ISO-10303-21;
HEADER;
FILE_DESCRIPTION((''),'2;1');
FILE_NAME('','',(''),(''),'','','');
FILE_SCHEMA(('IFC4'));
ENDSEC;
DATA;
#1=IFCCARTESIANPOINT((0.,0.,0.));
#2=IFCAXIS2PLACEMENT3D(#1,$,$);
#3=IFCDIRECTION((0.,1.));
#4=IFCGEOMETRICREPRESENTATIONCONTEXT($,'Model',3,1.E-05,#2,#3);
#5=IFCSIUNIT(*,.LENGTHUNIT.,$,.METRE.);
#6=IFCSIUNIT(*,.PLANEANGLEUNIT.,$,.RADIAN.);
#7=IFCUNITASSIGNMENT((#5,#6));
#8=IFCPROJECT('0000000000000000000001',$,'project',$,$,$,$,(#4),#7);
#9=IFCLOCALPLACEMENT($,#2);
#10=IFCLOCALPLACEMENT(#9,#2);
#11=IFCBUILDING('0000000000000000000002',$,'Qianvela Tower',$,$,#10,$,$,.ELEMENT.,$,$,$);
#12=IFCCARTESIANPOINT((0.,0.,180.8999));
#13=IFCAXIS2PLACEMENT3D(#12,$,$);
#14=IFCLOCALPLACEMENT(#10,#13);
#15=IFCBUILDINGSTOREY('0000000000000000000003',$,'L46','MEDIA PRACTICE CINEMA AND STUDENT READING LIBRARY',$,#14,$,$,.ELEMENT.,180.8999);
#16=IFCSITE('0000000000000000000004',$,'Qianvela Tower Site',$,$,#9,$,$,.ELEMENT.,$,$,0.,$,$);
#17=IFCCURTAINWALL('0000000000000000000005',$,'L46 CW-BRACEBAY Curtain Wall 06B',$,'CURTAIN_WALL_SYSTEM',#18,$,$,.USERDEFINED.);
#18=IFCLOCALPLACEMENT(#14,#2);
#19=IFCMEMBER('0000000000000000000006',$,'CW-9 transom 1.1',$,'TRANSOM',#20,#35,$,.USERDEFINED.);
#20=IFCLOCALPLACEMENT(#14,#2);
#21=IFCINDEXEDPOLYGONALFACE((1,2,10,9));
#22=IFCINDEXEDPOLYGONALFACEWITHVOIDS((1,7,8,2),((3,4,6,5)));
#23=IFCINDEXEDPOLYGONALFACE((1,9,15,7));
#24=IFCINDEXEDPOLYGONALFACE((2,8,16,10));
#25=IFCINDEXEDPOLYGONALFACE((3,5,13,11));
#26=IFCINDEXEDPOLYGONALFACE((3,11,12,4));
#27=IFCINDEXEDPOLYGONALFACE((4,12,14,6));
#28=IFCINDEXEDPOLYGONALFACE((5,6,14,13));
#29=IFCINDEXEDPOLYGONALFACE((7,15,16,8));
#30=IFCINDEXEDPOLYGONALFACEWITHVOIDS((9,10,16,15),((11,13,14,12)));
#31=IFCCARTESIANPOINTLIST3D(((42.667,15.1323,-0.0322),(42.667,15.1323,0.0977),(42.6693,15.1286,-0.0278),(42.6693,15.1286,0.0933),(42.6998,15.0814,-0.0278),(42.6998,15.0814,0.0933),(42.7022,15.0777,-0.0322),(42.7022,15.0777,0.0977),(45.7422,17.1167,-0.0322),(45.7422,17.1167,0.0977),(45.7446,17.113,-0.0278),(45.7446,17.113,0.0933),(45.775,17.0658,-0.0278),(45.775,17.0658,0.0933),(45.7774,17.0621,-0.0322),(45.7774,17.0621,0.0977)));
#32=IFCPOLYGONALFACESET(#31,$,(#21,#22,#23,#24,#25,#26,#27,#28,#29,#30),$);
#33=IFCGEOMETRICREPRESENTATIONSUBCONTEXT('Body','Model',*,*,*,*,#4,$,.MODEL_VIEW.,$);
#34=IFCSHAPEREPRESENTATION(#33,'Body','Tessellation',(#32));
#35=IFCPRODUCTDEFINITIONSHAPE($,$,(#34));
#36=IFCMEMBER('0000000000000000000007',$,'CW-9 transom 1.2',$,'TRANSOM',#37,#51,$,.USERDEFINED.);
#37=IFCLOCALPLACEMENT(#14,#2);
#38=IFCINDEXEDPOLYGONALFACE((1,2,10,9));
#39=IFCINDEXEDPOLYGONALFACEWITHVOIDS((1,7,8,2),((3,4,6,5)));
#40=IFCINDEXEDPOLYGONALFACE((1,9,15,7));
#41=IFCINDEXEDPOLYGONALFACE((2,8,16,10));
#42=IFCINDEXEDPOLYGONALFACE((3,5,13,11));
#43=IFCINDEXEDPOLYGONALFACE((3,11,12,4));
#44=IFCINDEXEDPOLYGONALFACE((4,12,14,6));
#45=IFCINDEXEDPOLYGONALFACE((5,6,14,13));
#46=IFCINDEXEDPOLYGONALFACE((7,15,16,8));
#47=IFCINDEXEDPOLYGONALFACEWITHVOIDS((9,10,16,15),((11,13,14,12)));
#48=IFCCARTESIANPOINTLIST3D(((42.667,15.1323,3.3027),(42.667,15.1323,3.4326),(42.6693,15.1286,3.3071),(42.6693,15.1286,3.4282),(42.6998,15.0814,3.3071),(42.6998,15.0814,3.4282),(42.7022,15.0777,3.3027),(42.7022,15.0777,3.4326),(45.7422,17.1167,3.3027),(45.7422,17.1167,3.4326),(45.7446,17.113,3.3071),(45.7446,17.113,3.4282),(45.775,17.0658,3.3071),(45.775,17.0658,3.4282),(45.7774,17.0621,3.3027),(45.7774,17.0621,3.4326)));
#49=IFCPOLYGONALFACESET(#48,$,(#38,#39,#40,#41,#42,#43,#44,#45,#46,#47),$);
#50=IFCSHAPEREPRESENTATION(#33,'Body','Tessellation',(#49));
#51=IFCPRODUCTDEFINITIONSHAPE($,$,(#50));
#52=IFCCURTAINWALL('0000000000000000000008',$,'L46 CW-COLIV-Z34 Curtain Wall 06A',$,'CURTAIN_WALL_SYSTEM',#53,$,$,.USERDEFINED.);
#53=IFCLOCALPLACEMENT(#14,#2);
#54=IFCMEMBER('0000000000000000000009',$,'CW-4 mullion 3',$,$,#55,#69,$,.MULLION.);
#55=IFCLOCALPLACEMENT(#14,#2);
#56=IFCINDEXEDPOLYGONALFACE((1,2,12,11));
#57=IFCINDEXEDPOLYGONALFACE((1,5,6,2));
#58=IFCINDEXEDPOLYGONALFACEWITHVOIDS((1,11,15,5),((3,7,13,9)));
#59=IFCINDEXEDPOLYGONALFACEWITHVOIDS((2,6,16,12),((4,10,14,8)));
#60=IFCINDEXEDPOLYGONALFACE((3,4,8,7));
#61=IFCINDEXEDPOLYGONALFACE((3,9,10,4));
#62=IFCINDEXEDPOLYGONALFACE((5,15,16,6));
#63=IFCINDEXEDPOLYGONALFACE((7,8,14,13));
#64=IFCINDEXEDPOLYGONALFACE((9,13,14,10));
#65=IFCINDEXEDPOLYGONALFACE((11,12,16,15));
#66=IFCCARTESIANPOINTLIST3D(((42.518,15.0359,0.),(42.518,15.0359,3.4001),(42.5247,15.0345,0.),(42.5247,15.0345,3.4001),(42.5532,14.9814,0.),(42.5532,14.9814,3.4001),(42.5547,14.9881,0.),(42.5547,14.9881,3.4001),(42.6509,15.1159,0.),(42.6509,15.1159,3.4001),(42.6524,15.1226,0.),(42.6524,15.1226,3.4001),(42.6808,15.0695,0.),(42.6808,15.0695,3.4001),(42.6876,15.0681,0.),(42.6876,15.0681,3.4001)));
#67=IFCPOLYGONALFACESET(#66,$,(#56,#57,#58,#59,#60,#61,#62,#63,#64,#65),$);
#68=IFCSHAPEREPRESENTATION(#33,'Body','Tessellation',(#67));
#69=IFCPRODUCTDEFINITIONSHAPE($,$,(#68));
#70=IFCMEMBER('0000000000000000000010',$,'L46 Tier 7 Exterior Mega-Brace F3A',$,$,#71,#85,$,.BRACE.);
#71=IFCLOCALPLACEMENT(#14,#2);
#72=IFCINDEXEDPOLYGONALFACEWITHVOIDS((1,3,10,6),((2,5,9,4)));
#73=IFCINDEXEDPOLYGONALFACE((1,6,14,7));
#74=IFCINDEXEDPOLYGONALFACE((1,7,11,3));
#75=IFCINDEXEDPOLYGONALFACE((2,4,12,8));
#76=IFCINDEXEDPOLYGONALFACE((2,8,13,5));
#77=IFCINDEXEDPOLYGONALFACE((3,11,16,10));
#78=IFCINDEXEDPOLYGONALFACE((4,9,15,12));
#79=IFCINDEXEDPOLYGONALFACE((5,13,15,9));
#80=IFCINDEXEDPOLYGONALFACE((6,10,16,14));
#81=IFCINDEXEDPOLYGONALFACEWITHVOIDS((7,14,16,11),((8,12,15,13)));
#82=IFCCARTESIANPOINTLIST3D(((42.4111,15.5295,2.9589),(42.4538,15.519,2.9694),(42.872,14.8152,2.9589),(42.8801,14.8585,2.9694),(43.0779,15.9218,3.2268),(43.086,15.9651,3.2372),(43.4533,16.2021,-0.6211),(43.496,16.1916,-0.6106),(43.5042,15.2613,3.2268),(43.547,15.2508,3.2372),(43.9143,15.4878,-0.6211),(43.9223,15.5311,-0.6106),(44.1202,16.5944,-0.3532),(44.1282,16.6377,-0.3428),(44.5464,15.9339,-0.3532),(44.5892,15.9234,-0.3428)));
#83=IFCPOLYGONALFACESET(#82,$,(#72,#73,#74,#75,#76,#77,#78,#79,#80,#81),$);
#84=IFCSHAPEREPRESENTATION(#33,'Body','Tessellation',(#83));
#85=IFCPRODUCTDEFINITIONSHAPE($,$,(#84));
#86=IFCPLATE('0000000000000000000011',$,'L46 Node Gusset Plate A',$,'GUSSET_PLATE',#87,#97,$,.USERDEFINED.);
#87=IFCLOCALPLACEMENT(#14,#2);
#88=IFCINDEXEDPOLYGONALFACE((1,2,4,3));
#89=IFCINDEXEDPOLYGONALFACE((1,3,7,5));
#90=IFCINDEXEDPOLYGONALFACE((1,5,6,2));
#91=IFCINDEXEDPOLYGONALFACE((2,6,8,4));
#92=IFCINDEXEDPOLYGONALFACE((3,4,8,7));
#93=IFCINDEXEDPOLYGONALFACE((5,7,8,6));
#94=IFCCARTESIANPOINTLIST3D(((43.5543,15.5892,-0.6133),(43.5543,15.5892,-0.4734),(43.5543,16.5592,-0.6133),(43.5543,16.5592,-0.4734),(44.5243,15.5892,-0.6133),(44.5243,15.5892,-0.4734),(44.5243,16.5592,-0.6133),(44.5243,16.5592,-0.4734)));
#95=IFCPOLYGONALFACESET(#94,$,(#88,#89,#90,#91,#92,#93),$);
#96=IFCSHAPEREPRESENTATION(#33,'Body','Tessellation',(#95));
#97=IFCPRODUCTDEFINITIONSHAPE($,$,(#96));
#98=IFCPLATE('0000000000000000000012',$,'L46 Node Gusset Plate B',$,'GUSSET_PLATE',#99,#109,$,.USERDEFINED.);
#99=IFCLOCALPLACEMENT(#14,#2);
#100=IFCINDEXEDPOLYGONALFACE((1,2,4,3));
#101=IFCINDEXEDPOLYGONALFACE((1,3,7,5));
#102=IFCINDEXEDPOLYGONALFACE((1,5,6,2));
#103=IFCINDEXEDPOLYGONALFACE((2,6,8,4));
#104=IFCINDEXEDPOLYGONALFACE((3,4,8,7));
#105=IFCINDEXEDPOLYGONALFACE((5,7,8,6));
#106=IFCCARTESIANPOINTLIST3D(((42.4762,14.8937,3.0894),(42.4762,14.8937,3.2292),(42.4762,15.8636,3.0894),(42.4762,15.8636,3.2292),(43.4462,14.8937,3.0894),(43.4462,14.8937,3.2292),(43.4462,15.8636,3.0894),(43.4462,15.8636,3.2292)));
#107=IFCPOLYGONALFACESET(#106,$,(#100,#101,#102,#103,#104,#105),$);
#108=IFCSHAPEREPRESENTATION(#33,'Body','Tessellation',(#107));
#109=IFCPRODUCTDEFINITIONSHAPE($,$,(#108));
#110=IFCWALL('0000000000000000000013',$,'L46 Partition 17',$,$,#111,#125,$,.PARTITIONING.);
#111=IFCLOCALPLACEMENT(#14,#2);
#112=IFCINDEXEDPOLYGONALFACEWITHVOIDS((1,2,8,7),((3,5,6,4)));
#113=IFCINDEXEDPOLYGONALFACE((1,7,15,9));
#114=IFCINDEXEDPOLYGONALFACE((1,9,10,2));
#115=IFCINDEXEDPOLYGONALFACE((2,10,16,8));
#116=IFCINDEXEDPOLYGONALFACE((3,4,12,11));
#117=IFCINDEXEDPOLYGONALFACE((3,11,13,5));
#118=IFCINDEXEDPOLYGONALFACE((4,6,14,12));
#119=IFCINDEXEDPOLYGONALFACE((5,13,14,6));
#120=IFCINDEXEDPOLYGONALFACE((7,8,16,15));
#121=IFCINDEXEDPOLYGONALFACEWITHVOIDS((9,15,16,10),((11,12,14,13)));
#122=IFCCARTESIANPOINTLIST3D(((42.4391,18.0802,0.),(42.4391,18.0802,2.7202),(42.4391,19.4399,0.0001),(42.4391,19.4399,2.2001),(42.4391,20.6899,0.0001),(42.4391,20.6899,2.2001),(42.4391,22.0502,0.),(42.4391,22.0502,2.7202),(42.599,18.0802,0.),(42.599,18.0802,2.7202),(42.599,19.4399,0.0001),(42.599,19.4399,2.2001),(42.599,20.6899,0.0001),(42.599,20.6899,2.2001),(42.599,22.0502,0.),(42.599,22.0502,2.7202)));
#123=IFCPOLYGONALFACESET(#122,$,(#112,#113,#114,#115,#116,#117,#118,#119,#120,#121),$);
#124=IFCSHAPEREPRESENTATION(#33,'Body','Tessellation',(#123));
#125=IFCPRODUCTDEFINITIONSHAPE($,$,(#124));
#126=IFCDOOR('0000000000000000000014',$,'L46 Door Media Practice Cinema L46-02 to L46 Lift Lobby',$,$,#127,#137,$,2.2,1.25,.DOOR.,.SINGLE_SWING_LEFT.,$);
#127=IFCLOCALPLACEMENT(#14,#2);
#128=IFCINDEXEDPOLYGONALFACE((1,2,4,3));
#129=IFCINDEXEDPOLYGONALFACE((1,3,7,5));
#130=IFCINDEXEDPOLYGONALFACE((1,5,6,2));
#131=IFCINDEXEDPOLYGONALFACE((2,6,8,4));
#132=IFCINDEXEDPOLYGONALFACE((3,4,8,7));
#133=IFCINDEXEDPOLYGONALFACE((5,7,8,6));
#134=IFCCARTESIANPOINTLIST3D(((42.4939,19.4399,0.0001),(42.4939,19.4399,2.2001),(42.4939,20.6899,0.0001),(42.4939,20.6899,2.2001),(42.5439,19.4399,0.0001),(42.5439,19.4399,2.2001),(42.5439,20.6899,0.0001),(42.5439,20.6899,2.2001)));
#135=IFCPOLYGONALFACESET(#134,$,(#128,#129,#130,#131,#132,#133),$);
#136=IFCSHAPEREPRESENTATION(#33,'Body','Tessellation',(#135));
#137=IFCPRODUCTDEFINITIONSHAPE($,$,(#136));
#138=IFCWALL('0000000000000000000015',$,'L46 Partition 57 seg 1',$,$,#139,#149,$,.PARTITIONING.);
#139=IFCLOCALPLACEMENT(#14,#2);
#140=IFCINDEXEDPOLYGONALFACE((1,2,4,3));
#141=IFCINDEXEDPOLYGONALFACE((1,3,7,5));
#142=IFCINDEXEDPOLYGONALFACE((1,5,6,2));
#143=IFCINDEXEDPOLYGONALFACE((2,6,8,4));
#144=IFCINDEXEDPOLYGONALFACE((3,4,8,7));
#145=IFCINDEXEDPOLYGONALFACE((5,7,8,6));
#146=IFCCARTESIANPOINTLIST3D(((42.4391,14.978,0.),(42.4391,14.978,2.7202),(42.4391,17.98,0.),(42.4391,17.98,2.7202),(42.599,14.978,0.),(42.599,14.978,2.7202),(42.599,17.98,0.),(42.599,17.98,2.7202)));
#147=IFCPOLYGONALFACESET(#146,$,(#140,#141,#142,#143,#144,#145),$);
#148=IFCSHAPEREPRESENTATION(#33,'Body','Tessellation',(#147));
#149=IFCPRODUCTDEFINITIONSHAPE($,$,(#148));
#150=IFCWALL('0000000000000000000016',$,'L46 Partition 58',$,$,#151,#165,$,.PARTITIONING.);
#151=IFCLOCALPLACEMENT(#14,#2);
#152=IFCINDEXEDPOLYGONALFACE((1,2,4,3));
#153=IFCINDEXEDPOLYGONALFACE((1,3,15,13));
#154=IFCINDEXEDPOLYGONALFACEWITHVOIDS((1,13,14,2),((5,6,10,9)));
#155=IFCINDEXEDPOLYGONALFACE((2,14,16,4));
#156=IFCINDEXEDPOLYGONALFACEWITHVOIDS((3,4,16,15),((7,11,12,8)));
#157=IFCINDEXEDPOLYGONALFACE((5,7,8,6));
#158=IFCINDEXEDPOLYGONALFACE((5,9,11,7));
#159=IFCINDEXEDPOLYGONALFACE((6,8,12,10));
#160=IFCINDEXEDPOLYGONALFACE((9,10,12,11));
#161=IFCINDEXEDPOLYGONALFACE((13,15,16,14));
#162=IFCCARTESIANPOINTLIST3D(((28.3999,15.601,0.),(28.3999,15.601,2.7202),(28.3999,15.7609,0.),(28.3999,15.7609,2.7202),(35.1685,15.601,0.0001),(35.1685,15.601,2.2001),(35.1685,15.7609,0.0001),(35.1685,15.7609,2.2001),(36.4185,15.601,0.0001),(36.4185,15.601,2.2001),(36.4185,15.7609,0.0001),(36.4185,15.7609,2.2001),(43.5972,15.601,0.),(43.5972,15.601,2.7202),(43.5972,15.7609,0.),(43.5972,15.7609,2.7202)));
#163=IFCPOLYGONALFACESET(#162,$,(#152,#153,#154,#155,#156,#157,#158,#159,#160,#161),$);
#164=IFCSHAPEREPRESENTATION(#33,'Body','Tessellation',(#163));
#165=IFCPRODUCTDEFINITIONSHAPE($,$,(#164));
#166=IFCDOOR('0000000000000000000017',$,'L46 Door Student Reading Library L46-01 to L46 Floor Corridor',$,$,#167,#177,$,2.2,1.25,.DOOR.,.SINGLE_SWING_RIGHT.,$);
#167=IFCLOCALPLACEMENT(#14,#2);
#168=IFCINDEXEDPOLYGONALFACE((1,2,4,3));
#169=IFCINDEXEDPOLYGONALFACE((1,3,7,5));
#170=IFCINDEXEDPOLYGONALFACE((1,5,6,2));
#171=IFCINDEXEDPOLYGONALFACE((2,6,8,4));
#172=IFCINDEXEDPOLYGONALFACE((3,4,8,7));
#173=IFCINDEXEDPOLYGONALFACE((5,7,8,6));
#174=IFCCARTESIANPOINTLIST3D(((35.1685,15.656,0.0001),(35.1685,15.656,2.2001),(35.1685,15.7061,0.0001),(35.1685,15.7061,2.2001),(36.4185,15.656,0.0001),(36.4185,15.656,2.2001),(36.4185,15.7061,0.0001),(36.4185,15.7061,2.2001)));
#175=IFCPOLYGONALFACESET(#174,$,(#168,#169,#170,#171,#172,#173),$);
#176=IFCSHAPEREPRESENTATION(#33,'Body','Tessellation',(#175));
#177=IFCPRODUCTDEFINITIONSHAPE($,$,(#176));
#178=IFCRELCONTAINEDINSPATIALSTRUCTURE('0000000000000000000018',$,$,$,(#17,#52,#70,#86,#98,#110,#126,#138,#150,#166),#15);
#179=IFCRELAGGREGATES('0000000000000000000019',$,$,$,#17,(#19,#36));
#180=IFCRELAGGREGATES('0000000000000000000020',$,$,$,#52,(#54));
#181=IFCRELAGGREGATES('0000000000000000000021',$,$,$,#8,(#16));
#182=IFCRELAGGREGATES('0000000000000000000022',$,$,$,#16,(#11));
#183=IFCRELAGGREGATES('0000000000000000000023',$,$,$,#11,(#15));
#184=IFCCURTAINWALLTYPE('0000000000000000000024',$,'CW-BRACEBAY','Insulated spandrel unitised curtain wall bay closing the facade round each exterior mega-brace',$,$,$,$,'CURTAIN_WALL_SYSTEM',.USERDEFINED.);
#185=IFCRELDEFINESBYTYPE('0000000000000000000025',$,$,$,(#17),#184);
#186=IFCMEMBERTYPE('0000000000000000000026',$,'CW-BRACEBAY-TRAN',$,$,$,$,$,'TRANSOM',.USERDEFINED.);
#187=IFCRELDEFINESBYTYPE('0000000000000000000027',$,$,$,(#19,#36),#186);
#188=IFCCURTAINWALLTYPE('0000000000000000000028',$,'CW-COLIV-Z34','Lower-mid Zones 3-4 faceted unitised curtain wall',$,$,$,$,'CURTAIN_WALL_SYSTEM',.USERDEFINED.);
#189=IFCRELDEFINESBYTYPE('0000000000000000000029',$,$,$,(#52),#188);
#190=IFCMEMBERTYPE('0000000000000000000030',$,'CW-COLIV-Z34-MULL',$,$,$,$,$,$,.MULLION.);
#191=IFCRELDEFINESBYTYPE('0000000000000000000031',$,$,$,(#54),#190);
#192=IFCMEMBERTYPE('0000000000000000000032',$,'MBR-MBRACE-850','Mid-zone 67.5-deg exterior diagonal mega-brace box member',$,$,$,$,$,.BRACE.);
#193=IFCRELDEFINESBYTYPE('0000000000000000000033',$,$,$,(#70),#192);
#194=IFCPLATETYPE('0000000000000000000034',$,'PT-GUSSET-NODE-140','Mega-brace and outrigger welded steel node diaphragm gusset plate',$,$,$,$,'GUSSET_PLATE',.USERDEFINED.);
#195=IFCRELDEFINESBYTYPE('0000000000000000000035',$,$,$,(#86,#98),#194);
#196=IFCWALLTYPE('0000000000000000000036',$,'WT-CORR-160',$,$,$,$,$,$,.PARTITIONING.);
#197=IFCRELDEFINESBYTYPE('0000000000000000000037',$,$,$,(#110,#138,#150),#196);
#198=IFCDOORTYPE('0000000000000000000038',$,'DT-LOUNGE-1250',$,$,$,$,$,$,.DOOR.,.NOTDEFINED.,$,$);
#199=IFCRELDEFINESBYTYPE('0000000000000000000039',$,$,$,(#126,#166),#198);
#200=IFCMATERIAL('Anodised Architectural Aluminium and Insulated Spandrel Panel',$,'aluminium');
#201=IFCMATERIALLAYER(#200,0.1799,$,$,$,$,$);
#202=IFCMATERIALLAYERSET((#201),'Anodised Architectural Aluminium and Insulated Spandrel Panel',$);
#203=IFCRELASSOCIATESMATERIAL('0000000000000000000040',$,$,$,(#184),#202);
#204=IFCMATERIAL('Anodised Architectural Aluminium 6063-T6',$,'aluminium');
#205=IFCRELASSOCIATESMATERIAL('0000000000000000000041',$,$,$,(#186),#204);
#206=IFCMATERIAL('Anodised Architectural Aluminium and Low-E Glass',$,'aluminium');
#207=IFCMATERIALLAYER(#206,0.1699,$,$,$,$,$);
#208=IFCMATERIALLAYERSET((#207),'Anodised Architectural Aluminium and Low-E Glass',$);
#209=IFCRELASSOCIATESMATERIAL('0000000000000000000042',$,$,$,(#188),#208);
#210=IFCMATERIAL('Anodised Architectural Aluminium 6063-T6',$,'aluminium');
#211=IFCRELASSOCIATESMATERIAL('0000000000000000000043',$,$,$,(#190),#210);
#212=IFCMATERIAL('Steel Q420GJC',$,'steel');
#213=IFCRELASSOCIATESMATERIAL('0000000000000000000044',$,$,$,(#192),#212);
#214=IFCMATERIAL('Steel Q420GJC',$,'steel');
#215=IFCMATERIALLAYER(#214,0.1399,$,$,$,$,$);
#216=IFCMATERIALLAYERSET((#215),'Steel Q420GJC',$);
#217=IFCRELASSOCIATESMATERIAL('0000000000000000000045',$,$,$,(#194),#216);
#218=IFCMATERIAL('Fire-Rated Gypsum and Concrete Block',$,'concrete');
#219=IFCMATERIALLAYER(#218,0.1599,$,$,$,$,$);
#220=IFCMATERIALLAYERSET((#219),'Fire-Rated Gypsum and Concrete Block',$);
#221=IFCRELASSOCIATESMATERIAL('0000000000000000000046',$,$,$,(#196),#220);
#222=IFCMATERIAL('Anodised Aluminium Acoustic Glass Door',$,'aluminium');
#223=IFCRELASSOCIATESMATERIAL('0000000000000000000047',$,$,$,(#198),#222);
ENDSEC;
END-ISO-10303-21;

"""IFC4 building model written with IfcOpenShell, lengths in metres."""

from ifc_helpers import new_model, si_unit, direction, frame, frame_2d, origin, origin_2d, place, context, subcontext, project, spatial, rectangle, hollow_rectangle, extrude, material, layer, layer_set, material_profile, profile_set, type_object, element, fill, aggregate, save


model = new_model("IFC4")

# Units and contexts
model_context = context("Model", 3, precision=1e-05, world=origin(), true_north=direction((0.0, 1.0)))
body_context = subcontext(model_context, "Body", "Model", "MODEL_VIEW")
ifc_project = project(units=[si_unit("LENGTHUNIT", "METRE"), si_unit("PLANEANGLEUNIT", "RADIAN")], contexts=[model_context])

# Site, building, storey
site_placement = place(None, origin())
site = spatial("IfcSite", under=ifc_project, at=site_placement, Name="Qianvela Tower Site", CompositionType="ELEMENT", RefElevation=0.0)
building_placement = place(site_placement, origin())
building = spatial("IfcBuilding", under=site, at=building_placement, Name="Qianvela Tower", CompositionType="ELEMENT")
storey_placement = place(building_placement, frame((0.0, 0.0, 180.8999)))
storey = spatial("IfcBuildingStorey", under=building, at=storey_placement, Name="L46", Description="MEDIA PRACTICE CINEMA AND STUDENT READING LIBRARY", CompositionType="ELEMENT", Elevation=180.8999)

# Curtain wall, members
ifc_material_1 = material(Name="Anodised Architectural Aluminium and Insulated Spandrel Panel", Category="aluminium")
ifc_layer_1 = layer(ifc_material_1, 0.1799)
ifc_layer_set_1 = layer_set([ifc_layer_1], Name="Anodised Architectural Aluminium and Insulated Spandrel Panel")
curtain_wall_type_1 = type_object("IfcCurtainWallType", Name="CW-BRACEBAY", Description="Insulated spandrel unitised curtain wall bay closing the facade round each exterior mega-brace", ElementType="CURTAIN_WALL_SYSTEM", PredefinedType="USERDEFINED", material=ifc_layer_set_1)
curtain_wall_1_placement = place(storey_placement, origin())
curtain_wall_1 = element("IfcCurtainWall", 1, at=curtain_wall_1_placement, inside=storey, type_object=curtain_wall_type_1, Name="L46 CW-BRACEBAY Curtain Wall 06B", ObjectType="CURTAIN_WALL_SYSTEM", PredefinedType="USERDEFINED")
ifc_material_2 = material(Name="Anodised Architectural Aluminium 6063-T6", Category="aluminium")
ifc_material_profile_1 = material_profile(ifc_material_2, hollow_rectangle(XDim=0.0649, YDim=0.1299, WallThickness=0.0044, at=origin_2d()), Name="ALU-TRAN-65x130")
ifc_profile_set_1 = profile_set([ifc_material_profile_1], Name="Anodised Architectural Aluminium 6063-T6")
member_type_1 = type_object("IfcMemberType", Name="CW-BRACEBAY-TRAN", ElementType="TRANSOM", PredefinedType="USERDEFINED", material=ifc_profile_set_1)
member_1_placement = place(storey_placement, frame((42.6846, 15.105, 0.0327), z_axis=(0.84025, 0.5422, 0.0), x_axis=(-0.5422, 0.84025, 0.0)))
member_1 = element("IfcMember", 2, at=member_1_placement, type_object=member_type_1, Name="CW-9 transom 1.1", ObjectType="TRANSOM", PredefinedType="USERDEFINED", context=body_context, shape_type="SweptSolid", body=[
    extrude(hollow_rectangle(XDim=0.0649, YDim=0.1299, WallThickness=0.0044, at=origin_2d()), origin(), (0.0, 0.0, 1.0), 3.6599),
])
member_2_placement = place(storey_placement, frame((42.6846, 15.105, 3.3677), z_axis=(0.84025, 0.5422, 0.0), x_axis=(-0.5422, 0.84025, 0.0)))
member_2 = element("IfcMember", 3, at=member_2_placement, type_object=member_type_1, Name="CW-9 transom 1.2", ObjectType="TRANSOM", PredefinedType="USERDEFINED", context=body_context, shape_type="SweptSolid", body=[
    extrude(hollow_rectangle(XDim=0.0649, YDim=0.1299, WallThickness=0.0044, at=origin_2d()), origin(), (0.0, 0.0, 1.0), 3.6599),
])
aggregate(curtain_wall_1, [member_1, member_2])

# Curtain wall, member
ifc_material_3 = material(Name="Anodised Architectural Aluminium and Low-E Glass", Category="aluminium")
ifc_layer_2 = layer(ifc_material_3, 0.1699)
ifc_layer_set_2 = layer_set([ifc_layer_2], Name="Anodised Architectural Aluminium and Low-E Glass")
curtain_wall_type_2 = type_object("IfcCurtainWallType", Name="CW-COLIV-Z34", Description="Lower-mid Zones 3-4 faceted unitised curtain wall", ElementType="CURTAIN_WALL_SYSTEM", PredefinedType="USERDEFINED", material=ifc_layer_set_2)
curtain_wall_2_placement = place(storey_placement, origin())
curtain_wall_2 = element("IfcCurtainWall", 4, at=curtain_wall_2_placement, inside=storey, type_object=curtain_wall_type_2, Name="L46 CW-COLIV-Z34 Curtain Wall 06A", ObjectType="CURTAIN_WALL_SYSTEM", PredefinedType="USERDEFINED")
ifc_material_4 = material(Name="Anodised Architectural Aluminium 6063-T6", Category="aluminium")
ifc_material_profile_2 = material_profile(ifc_material_4, hollow_rectangle(XDim=0.0649, YDim=0.1599, WallThickness=0.0049, at=origin_2d()), Name="ALU-MULL-65x160")
ifc_profile_set_2 = profile_set([ifc_material_profile_2], Name="Anodised Architectural Aluminium 6063-T6")
member_type_2 = type_object("IfcMemberType", Name="CW-COLIV-Z34-MULL", PredefinedType="MULLION", material=ifc_profile_set_2)
member_3_placement = place(storey_placement, frame((42.6028, 15.052, 0.0), z_axis=(0.0, 0.0, 1.0), x_axis=(-0.542189, 0.840257, 0.0)))
member_3 = element("IfcMember", 5, at=member_3_placement, type_object=member_type_2, Name="CW-4 mullion 3", PredefinedType="MULLION", context=body_context, shape_type="SweptSolid", body=[
    extrude(hollow_rectangle(XDim=0.0649, YDim=0.1599, WallThickness=0.0049, at=origin_2d()), origin(), (0.0, 0.0, 1.0), 3.4001),
])
aggregate(curtain_wall_2, [member_3])

# Member
ifc_material_5 = material(Name="Steel Q420GJC", Category="steel")
ifc_material_profile_3 = material_profile(ifc_material_5, hollow_rectangle(XDim=0.8501, YDim=0.8501, WallThickness=0.032, at=origin_2d()), Name="MBOX-850x850x32")
ifc_profile_set_3 = profile_set([ifc_material_profile_3], Name="Steel Q420GJC")
member_type_3 = type_object("IfcMemberType", Name="MBR-MBRACE-850", Description="Mid-zone 67.5-deg exterior diagonal mega-brace box member", PredefinedType="BRACE", material=ifc_profile_set_3)
member_4_placement = place(storey_placement, frame((44.0212, 16.0627, -0.4819), z_axis=(-0.275078, -0.177521, 0.944891), x_axis=(0.542239, -0.840224, 0.0)))
element("IfcMember", 6, at=member_4_placement, inside=storey, type_object=member_type_3, Name="L46 Tier 7 Exterior Mega-Brace F3A", PredefinedType="BRACE", context=body_context, shape_type="SweptSolid", body=[
    extrude(hollow_rectangle(XDim=0.8501, YDim=0.8501, WallThickness=0.032, at=origin_2d()), origin(), (0.0, 0.0, 1.0), 3.7888),
])

# Plates
ifc_material_6 = material(Name="Steel Q420GJC", Category="steel")
ifc_layer_3 = layer(ifc_material_6, 0.1399)
ifc_layer_set_3 = layer_set([ifc_layer_3], Name="Steel Q420GJC")
plate_type = type_object("IfcPlateType", Name="PT-GUSSET-NODE-140", Description="Mega-brace and outrigger welded steel node diaphragm gusset plate", ElementType="GUSSET_PLATE", PredefinedType="USERDEFINED", material=ifc_layer_set_3)
for number, where, z_axis, x_axis, name in (
    (7, (44.0393, 16.0742, -0.6133), (0.0, 0.0, 1.0), (1.0, 0.0, 0.0), "L46 Node Gusset Plate A"),
    (8, (42.9612, 15.3787, 3.0894), (0.0, 0.0, 1.0), (1.0, 0.0, 0.0), "L46 Node Gusset Plate B"),
):
    element("IfcPlate", number, at=place(storey_placement, frame(where, z_axis=z_axis, x_axis=x_axis)), inside=storey, type_object=plate_type, Name=name, ObjectType="GUSSET_PLATE", PredefinedType="USERDEFINED", context=body_context, shape_type="SweptSolid", body=[
        extrude(rectangle(XDim=0.97, YDim=0.97, at=origin_2d()), origin(), (0.0, 0.0, 1.0), 0.1399),
    ])

# Wall, opening, door
ifc_material_7 = material(Name="Fire-Rated Gypsum and Concrete Block", Category="concrete")
ifc_layer_4 = layer(ifc_material_7, 0.1599)
ifc_layer_set_4 = layer_set([ifc_layer_4], Name="Fire-Rated Gypsum and Concrete Block")
wall_type_1 = type_object("IfcWallType", Name="WT-CORR-160", PredefinedType="PARTITIONING", material=ifc_layer_set_4)
wall_1_placement = place(storey_placement, frame((42.519, 22.05, 0.0), z_axis=(0.0, 0.0, 1.0), x_axis=(0.0, -1.0, 0.0)))
wall_1 = element("IfcWall", 9, at=wall_1_placement, inside=storey, type_object=wall_type_1, Name="L46 Partition 17", PredefinedType="PARTITIONING", context=body_context, shape_type="SweptSolid", body=[
    extrude(rectangle(XDim=3.97, YDim=0.1599, at=frame_2d((1.9849, 0.0))), origin(), (0.0, 0.0, 1.0), 2.7202),
])
opening_1_placement = place(wall_1_placement, frame((1.3601, 0.0, 0.0)))
opening_1 = element("IfcOpeningElement", 10, at=opening_1_placement, cuts=wall_1, PredefinedType="OPENING", context=body_context, shape_type="SweptSolid", body=[
    extrude(rectangle(XDim=1.25, YDim=2.2, at=frame_2d((0.625, 1.1001))), frame((0.0, 0.0898, 0.0), z_axis=(0.0, -1.0, 0.0), x_axis=(1.0, 0.0, 0.0)), (0.0, 0.0, 1.0), 0.1799),
])
ifc_material_8 = material(Name="Anodised Aluminium Acoustic Glass Door", Category="aluminium")
door_type_1 = type_object("IfcDoorType", Name="DT-LOUNGE-1250", OperationType="NOTDEFINED", PredefinedType="DOOR", material=ifc_material_8)
door_1_placement = place(opening_1_placement, origin())
door_1 = element("IfcDoor", 11, at=door_1_placement, inside=storey, type_object=door_type_1, Name="L46 Door Media Practice Cinema L46-02 to L46 Lift Lobby", OperationType="SINGLE_SWING_LEFT", OverallHeight=2.2, OverallWidth=1.25, PredefinedType="DOOR", context=body_context, shape_type="SweptSolid", body=[
    extrude(rectangle(XDim=1.25, YDim=2.2, at=frame_2d((0.625, 1.1001))), frame((0.0, 0.0249, 0.0), z_axis=(0.0, -1.0, 0.0), x_axis=(1.0, 0.0, 0.0)), (0.0, 0.0, 1.0), 0.05),
])
fill(opening_1, door_1)

# Wall
wall_2_placement = place(storey_placement, frame((42.519, 17.98, 0.0), z_axis=(0.0, 0.0, 1.0), x_axis=(0.0, -1.0, 0.0)))
element("IfcWall", 12, at=wall_2_placement, inside=storey, type_object=wall_type_1, Name="L46 Partition 57 seg 1", PredefinedType="PARTITIONING", context=body_context, shape_type="SweptSolid", body=[
    extrude(rectangle(XDim=3.002, YDim=0.1599, at=frame_2d((1.501, 0.0))), origin(), (0.0, 0.0, 1.0), 2.7202),
])

# Wall, opening, door
wall_3_placement = place(storey_placement, frame((43.5972, 15.6809, 0.0), z_axis=(0.0, 0.0, 1.0), x_axis=(-1.0, 0.0, 0.0)))
wall_3 = element("IfcWall", 13, at=wall_3_placement, inside=storey, type_object=wall_type_1, Name="L46 Partition 58", PredefinedType="PARTITIONING", context=body_context, shape_type="SweptSolid", body=[
    extrude(rectangle(XDim=15.1973, YDim=0.1599, at=frame_2d((7.5986, 0.0))), origin(), (0.0, 0.0, 1.0), 2.7202),
])
opening_2_placement = place(wall_3_placement, frame((7.1787, 0.0, 0.0)))
opening_2 = element("IfcOpeningElement", 14, at=opening_2_placement, cuts=wall_3, PredefinedType="OPENING", context=body_context, shape_type="SweptSolid", body=[
    extrude(rectangle(XDim=1.25, YDim=2.2, at=frame_2d((0.625, 1.1001))), frame((0.0, 0.0898, 0.0), z_axis=(0.0, -1.0, 0.0), x_axis=(1.0, 0.0, 0.0)), (0.0, 0.0, 1.0), 0.1799),
])
door_2_placement = place(opening_2_placement, origin())
door_2 = element("IfcDoor", 15, at=door_2_placement, inside=storey, type_object=door_type_1, Name="L46 Door Student Reading Library L46-01 to L46 Floor Corridor", OperationType="SINGLE_SWING_RIGHT", OverallHeight=2.2, OverallWidth=1.25, PredefinedType="DOOR", context=body_context, shape_type="SweptSolid", body=[
    extrude(rectangle(XDim=1.25, YDim=2.2, at=frame_2d((0.625, 1.1001))), frame((0.0, 0.0249, 0.0), z_axis=(0.0, -1.0, 0.0), x_axis=(1.0, 0.0, 0.0)), (0.0, 0.0, 1.0), 0.05),
])
fill(opening_2, door_2)

save(model, "model.ifc")
